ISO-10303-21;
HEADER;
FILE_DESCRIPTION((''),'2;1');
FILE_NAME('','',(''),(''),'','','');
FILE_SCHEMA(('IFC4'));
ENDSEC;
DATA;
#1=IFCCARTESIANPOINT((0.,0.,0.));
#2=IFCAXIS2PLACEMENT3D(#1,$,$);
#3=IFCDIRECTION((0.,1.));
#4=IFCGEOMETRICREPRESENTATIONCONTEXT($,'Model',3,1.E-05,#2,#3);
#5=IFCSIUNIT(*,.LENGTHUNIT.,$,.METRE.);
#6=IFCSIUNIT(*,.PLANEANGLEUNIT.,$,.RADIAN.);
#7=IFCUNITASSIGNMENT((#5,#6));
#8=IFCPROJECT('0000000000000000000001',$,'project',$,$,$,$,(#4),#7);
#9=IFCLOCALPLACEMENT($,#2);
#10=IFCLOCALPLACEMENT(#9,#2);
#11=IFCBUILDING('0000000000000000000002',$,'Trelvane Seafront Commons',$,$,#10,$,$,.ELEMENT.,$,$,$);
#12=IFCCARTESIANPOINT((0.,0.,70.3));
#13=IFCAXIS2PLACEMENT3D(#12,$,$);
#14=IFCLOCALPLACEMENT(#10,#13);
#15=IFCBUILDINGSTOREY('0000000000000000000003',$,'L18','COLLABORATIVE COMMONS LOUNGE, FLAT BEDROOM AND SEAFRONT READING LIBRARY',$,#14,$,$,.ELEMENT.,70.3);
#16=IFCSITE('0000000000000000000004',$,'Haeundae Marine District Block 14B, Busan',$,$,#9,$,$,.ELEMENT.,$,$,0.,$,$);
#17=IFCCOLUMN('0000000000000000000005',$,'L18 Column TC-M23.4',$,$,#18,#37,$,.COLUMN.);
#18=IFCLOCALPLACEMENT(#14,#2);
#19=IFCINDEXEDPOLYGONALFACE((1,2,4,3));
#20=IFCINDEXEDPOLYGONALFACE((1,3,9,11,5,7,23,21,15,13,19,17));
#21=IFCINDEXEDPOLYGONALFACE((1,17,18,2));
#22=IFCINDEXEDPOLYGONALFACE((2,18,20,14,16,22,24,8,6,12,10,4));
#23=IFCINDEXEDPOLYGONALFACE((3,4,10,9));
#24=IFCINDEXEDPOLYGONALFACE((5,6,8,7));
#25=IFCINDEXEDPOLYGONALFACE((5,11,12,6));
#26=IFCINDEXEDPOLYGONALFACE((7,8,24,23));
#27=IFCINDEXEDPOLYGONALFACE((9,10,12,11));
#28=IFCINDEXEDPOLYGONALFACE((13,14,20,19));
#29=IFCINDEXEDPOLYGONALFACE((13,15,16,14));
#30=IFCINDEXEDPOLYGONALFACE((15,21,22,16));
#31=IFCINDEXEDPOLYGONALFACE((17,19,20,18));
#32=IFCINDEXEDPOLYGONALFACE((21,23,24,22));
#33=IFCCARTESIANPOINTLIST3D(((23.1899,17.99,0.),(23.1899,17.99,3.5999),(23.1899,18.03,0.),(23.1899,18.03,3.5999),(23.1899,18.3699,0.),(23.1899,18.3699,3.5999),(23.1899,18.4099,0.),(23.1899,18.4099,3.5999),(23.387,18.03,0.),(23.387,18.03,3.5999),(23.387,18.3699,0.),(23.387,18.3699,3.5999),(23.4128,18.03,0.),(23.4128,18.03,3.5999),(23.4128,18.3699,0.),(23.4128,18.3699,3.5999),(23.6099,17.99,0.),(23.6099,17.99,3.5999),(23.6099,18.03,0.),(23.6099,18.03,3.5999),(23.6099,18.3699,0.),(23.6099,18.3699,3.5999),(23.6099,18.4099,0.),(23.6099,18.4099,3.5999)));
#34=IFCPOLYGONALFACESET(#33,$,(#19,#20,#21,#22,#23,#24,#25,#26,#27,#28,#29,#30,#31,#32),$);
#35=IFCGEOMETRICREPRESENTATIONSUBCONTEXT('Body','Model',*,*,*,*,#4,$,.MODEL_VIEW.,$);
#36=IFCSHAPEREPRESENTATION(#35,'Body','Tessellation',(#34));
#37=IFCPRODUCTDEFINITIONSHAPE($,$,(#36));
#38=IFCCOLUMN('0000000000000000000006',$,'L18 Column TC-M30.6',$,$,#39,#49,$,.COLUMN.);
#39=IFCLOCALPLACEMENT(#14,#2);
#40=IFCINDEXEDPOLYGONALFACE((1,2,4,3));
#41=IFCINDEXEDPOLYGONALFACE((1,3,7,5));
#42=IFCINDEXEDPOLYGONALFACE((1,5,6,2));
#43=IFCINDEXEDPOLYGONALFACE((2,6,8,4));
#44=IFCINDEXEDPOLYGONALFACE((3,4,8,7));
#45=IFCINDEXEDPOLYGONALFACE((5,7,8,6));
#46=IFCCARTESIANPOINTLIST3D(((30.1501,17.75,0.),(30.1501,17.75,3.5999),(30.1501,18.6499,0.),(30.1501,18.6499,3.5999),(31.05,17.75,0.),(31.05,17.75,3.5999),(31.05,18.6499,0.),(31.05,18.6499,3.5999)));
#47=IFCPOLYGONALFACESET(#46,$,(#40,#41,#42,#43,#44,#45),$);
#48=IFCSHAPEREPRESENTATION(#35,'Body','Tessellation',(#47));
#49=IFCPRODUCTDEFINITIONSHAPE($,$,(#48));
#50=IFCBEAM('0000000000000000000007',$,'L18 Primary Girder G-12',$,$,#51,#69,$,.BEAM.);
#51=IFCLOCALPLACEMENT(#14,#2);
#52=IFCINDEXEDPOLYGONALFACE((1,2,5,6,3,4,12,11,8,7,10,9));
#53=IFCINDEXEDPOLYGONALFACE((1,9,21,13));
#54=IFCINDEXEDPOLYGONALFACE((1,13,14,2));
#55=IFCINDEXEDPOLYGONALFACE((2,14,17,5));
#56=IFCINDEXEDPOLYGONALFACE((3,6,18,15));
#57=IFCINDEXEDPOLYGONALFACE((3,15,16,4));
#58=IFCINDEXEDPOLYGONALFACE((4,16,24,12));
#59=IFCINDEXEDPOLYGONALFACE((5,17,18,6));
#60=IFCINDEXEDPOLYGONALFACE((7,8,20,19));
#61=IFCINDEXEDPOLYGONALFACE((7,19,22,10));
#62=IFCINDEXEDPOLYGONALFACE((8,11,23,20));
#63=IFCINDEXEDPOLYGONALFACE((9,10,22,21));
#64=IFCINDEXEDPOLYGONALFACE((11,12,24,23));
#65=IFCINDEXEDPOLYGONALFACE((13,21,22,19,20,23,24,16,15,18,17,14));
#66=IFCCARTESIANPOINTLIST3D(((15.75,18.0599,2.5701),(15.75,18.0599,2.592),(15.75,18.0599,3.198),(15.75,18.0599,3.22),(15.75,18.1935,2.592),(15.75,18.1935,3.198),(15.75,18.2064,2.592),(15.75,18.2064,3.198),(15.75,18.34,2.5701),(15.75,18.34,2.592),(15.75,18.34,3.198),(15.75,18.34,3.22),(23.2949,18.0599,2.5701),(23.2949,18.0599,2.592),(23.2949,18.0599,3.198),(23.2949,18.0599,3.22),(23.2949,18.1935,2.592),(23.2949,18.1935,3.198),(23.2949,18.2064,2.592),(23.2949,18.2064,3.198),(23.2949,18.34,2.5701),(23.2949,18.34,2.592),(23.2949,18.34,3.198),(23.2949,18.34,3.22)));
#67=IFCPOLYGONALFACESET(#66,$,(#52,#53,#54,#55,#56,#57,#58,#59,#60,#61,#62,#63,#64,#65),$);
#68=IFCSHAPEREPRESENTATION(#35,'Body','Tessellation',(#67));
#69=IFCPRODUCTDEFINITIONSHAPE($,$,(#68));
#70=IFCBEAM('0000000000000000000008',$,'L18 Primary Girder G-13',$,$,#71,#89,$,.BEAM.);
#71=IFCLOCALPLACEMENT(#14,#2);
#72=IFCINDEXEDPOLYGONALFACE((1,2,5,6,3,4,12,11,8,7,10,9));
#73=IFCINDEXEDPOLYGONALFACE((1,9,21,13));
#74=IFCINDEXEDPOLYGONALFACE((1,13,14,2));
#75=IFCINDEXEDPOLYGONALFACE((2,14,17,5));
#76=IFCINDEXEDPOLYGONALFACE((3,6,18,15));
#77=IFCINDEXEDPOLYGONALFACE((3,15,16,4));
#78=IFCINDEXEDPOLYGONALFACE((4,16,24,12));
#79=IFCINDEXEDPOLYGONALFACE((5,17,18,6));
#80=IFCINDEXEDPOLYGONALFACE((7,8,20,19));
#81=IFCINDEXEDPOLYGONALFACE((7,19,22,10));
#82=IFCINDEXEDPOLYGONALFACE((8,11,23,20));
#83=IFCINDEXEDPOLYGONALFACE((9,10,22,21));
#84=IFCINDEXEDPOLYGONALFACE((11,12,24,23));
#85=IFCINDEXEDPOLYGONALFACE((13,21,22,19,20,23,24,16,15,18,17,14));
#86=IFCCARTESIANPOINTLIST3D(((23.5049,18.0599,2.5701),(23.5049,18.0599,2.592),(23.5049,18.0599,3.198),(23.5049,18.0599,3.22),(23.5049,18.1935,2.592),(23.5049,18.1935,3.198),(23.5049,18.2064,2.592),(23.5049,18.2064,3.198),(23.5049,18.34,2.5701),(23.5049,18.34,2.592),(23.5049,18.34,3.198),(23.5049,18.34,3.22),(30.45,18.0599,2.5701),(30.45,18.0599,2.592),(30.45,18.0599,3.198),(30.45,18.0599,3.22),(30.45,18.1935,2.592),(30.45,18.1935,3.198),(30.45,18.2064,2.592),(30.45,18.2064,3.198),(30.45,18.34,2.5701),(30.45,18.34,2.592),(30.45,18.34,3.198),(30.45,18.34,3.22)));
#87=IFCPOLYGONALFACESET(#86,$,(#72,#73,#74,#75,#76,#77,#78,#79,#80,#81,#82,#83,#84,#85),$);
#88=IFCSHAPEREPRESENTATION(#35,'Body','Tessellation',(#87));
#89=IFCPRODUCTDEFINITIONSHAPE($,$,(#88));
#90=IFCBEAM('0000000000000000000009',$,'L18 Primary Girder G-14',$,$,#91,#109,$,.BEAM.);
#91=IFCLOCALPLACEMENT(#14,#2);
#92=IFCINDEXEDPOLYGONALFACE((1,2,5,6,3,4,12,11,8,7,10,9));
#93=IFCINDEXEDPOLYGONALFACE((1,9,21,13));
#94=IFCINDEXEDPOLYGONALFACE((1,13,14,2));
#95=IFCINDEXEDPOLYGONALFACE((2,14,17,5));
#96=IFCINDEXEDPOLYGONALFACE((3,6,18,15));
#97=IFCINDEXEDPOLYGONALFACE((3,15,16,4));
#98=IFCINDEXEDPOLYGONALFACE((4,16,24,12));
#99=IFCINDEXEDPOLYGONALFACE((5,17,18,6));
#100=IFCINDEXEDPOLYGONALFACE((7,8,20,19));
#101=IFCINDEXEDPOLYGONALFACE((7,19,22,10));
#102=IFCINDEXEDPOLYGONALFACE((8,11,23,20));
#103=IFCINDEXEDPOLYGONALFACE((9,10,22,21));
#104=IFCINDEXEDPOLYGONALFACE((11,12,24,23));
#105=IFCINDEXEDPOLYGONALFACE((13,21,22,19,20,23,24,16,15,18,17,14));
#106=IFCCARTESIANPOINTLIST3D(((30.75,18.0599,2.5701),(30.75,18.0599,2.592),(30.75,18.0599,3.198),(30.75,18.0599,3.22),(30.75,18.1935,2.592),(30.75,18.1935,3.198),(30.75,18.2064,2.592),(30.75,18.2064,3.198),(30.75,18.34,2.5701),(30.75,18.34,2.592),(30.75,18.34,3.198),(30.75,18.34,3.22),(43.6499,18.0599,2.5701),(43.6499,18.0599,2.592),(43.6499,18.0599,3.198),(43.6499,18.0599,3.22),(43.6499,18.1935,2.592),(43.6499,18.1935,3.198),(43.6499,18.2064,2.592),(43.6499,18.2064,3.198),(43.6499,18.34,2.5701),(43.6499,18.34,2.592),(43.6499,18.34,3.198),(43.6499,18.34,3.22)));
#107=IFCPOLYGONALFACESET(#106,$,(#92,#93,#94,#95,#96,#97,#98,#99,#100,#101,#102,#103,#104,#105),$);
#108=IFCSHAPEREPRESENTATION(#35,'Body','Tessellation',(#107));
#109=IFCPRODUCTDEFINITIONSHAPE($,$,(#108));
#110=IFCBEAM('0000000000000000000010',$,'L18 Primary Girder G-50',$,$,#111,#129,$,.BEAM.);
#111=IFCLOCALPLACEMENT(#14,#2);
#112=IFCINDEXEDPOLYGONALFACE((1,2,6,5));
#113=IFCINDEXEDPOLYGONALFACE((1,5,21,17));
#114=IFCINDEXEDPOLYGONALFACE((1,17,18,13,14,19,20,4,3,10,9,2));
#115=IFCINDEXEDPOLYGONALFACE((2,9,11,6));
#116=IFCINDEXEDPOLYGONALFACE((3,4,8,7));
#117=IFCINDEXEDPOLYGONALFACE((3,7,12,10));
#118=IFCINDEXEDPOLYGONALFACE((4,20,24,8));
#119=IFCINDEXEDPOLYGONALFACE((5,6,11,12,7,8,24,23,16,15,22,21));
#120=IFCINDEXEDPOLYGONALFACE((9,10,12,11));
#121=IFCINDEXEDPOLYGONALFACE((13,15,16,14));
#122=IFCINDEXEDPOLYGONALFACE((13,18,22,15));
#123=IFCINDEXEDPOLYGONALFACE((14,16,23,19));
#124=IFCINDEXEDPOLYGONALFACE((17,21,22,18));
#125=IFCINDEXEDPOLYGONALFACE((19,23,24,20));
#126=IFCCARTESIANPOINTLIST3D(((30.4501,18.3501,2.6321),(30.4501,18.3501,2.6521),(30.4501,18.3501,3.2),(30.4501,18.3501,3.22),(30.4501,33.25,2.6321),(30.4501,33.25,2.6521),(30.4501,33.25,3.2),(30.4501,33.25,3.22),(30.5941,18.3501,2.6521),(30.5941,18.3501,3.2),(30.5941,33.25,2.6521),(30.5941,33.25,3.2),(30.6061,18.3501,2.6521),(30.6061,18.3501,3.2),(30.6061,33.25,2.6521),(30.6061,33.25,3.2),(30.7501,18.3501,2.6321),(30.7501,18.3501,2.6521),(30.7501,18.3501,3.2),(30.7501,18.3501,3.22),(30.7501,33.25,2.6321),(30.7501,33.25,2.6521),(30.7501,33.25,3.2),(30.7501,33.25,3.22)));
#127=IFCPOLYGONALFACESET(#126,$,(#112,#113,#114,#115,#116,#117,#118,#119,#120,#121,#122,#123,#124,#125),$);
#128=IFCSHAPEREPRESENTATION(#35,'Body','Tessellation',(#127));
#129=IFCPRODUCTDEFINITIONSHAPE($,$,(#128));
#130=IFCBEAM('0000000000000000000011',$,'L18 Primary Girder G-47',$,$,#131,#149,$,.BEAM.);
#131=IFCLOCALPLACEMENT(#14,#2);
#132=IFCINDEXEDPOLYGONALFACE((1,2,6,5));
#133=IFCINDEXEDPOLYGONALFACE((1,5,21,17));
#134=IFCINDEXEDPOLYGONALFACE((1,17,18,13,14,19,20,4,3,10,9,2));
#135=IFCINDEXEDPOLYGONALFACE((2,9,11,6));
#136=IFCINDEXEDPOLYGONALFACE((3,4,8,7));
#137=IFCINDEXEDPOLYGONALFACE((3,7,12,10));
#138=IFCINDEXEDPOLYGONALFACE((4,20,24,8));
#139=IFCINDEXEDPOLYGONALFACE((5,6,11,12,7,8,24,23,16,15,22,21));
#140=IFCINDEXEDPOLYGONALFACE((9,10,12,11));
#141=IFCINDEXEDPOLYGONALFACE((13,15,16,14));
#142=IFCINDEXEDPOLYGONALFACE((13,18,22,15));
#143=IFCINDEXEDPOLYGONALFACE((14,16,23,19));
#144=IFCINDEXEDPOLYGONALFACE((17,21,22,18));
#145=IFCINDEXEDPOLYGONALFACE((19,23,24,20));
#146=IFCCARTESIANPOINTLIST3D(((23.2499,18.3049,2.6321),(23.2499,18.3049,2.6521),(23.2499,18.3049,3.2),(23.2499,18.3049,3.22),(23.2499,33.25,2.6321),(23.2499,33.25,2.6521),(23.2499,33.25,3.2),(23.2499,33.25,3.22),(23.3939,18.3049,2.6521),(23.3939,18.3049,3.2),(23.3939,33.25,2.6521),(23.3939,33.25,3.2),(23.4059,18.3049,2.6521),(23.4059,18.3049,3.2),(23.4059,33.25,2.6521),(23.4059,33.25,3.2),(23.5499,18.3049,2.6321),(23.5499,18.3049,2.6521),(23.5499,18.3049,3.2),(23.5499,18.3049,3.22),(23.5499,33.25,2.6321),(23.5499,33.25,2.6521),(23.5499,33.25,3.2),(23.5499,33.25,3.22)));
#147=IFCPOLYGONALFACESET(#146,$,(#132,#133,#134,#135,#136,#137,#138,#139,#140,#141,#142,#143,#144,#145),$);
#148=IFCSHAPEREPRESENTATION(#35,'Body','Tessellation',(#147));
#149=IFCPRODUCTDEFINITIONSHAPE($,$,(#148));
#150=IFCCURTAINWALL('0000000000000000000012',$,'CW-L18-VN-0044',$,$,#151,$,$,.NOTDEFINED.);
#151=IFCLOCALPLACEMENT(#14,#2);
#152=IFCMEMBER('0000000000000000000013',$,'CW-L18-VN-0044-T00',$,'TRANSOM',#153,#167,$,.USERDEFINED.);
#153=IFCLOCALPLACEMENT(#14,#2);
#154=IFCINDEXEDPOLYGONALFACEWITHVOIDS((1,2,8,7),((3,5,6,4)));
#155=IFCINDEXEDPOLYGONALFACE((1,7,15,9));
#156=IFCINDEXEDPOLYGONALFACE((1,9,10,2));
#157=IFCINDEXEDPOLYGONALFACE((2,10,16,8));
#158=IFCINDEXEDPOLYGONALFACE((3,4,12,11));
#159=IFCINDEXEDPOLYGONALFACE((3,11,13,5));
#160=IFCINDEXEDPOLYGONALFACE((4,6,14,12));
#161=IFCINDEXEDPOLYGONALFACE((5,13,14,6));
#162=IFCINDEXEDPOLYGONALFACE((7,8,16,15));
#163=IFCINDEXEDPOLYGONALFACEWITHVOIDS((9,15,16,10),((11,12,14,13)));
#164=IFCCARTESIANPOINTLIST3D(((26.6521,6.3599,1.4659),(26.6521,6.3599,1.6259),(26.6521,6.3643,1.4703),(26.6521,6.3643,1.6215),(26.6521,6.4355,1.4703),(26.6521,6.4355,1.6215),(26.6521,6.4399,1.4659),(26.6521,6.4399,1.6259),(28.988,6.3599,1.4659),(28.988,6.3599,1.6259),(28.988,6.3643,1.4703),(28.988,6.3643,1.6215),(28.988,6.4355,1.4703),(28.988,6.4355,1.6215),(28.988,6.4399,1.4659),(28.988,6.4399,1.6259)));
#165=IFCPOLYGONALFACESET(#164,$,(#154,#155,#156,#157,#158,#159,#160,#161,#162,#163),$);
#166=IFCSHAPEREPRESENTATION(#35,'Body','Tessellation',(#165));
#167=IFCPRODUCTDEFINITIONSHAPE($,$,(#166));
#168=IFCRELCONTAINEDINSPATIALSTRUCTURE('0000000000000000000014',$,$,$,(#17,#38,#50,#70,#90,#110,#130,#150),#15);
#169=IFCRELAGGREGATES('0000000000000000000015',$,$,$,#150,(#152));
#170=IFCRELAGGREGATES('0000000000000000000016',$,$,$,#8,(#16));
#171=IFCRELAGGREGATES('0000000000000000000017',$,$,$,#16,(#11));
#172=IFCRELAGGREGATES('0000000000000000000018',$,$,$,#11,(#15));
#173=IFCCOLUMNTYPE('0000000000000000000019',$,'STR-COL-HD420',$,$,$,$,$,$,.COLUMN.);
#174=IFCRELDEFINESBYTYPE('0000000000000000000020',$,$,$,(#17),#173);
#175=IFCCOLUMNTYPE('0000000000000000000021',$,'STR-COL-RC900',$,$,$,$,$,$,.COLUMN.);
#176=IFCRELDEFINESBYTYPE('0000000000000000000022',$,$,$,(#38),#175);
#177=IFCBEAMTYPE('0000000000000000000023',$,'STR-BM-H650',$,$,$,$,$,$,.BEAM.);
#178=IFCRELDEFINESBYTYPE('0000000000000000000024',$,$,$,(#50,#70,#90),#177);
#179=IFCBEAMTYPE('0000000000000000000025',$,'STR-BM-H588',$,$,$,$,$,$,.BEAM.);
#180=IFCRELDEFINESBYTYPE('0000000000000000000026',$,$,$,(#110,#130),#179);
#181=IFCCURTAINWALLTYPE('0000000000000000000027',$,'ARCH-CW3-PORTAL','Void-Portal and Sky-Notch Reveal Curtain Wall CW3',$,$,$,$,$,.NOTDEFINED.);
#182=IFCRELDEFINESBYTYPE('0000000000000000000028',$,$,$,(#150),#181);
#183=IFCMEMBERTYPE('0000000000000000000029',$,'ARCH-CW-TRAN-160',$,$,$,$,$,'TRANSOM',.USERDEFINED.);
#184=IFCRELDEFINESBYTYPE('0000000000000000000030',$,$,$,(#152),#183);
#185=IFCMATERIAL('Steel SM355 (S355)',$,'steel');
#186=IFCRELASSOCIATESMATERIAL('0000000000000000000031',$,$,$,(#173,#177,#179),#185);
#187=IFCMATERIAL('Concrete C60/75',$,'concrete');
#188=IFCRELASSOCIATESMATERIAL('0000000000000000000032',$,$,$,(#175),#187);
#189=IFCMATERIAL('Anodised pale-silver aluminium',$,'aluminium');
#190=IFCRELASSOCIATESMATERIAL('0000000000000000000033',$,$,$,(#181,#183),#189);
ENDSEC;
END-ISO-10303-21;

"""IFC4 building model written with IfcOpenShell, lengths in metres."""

from ifc_helpers import new_model, si_unit, direction, frame, origin, origin_2d, place, context, subcontext, project, spatial, rectangle, hollow_rectangle, i_section, extrude, source, transform, mapped, material, material_profile, profile_set, type_object, element, aggregate, save


model = new_model("IFC4")

# Units and contexts
model_context = context("Model", 3, precision=1e-05, world=origin(), true_north=direction((0.0, 1.0)))
body_context = subcontext(model_context, "Body", "Model", "MODEL_VIEW")
ifc_project = project(units=[si_unit("LENGTHUNIT", "METRE"), si_unit("PLANEANGLEUNIT", "RADIAN")], contexts=[model_context])

# Site, building, storey
site_placement = place(None, origin())
site = spatial("IfcSite", under=ifc_project, at=site_placement, Name="Haeundae Marine District Block 14B, Busan", CompositionType="ELEMENT", RefElevation=0.0)
building_placement = place(site_placement, origin())
building = spatial("IfcBuilding", under=site, at=building_placement, Name="Trelvane Seafront Commons", CompositionType="ELEMENT")
storey_placement = place(building_placement, frame((0.0, 0.0, 70.3)))
storey = spatial("IfcBuildingStorey", under=building, at=storey_placement, Name="L18", Description="COLLABORATIVE COMMONS LOUNGE, FLAT BEDROOM AND SEAFRONT READING LIBRARY", CompositionType="ELEMENT", Elevation=70.3)

# Columns
ifc_material_1 = material(Name="Steel SM355 (S355)", Category="steel")
ifc_material_profile_1 = material_profile(ifc_material_1, i_section(OverallWidth=0.4199, OverallDepth=0.4199, WebThickness=0.0259, FlangeThickness=0.04, at=origin_2d()), Name="HD-420x420x26x40")
ifc_profile_set_1 = profile_set([ifc_material_profile_1], Name="Steel SM355 (S355)")
column_type_1 = type_object("IfcColumnType", Name="STR-COL-HD420", PredefinedType="COLUMN", material=ifc_profile_set_1)
shared_shape_1 = source(origin(), body_context, "Body", "SweptSolid", [
    extrude(i_section(OverallWidth=0.4199, OverallDepth=0.4199, WebThickness=0.0259, FlangeThickness=0.04, at=origin_2d()), origin(), (0.0, 0.0, 1.0), 3.5999),
])
column_1_placement = place(storey_placement, frame((23.3999, 18.2, 0.0), z_axis=(0.0, 0.0, 1.0), x_axis=(1.0, 0.0, 0.0)))
element("IfcColumn", 1, at=column_1_placement, inside=storey, type_object=column_type_1, Name="L18 Column TC-M23.4", PredefinedType="COLUMN", context=body_context, shape_type="MappedRepresentation", body=[
    mapped(shared_shape_1, transform((0.0, 0.0, 0.0), x_axis=(1.0, 0.0, 0.0), y_axis=(0.0, 1.0, 0.0), z_axis=(0.0, 0.0, 1.0), scale=1.0)),
])
ifc_material_2 = material(Name="Concrete C60/75", Category="concrete")
ifc_material_profile_2 = material_profile(ifc_material_2, rectangle(XDim=0.8999, YDim=0.8999, at=origin_2d()), Name="RC-900x900")
ifc_profile_set_2 = profile_set([ifc_material_profile_2], Name="Concrete C60/75")
column_type_2 = type_object("IfcColumnType", Name="STR-COL-RC900", PredefinedType="COLUMN", material=ifc_profile_set_2)
shared_shape_2 = source(origin(), body_context, "Body", "SweptSolid", [
    extrude(rectangle(XDim=0.8999, YDim=0.8999, at=origin_2d()), origin(), (0.0, 0.0, 1.0), 3.5999),
])
column_2_placement = place(storey_placement, frame((30.6001, 18.2, 0.0), z_axis=(0.0, 0.0, 1.0), x_axis=(1.0, 0.0, 0.0)))
element("IfcColumn", 2, at=column_2_placement, inside=storey, type_object=column_type_2, Name="L18 Column TC-M30.6", PredefinedType="COLUMN", context=body_context, shape_type="MappedRepresentation", body=[
    mapped(shared_shape_2, transform((0.0, 0.0, 0.0), x_axis=(1.0, 0.0, 0.0), y_axis=(0.0, 1.0, 0.0), z_axis=(0.0, 0.0, 1.0), scale=1.0)),
])

# Beams
ifc_material_profile_3 = material_profile(ifc_material_1, i_section(OverallWidth=0.28, OverallDepth=0.6499, WebThickness=0.0129, FlangeThickness=0.022, at=origin_2d()), Name="H-650x280x13x22")
ifc_profile_set_3 = profile_set([ifc_material_profile_3], Name="Steel SM355 (S355)")
beam_type_1 = type_object("IfcBeamType", Name="STR-BM-H650", PredefinedType="BEAM", material=ifc_profile_set_3)
shared_shape_3 = source(origin(), body_context, "Body", "SweptSolid", [
    extrude(i_section(OverallWidth=0.28, OverallDepth=0.6499, WebThickness=0.0129, FlangeThickness=0.022, at=origin_2d()), origin(), (0.0, 0.0, 1.0), 7.5449),
])
beam_1_placement = place(storey_placement, frame((15.75, 18.2, 2.895), z_axis=(1.0, 0.0, 0.0), x_axis=(0.0, 1.0, 0.0)))
element("IfcBeam", 3, at=beam_1_placement, inside=storey, type_object=beam_type_1, Name="L18 Primary Girder G-12", PredefinedType="BEAM", context=body_context, shape_type="MappedRepresentation", body=[
    mapped(shared_shape_3, transform((0.0, 0.0, 0.0), x_axis=(1.0, 0.0, 0.0), y_axis=(0.0, 1.0, 0.0), z_axis=(0.0, 0.0, 1.0), scale=1.0)),
])
shared_shape_4 = source(origin(), body_context, "Body", "SweptSolid", [
    extrude(i_section(OverallWidth=0.28, OverallDepth=0.6499, WebThickness=0.0129, FlangeThickness=0.022, at=origin_2d()), origin(), (0.0, 0.0, 1.0), 6.9451),
])
beam_2_placement = place(storey_placement, frame((23.5049, 18.2, 2.895), z_axis=(1.0, 0.0, 0.0), x_axis=(0.0, 1.0, 0.0)))
element("IfcBeam", 4, at=beam_2_placement, inside=storey, type_object=beam_type_1, Name="L18 Primary Girder G-13", PredefinedType="BEAM", context=body_context, shape_type="MappedRepresentation", body=[
    mapped(shared_shape_4, transform((0.0, 0.0, 0.0), x_axis=(1.0, 0.0, 0.0), y_axis=(0.0, 1.0, 0.0), z_axis=(0.0, 0.0, 1.0), scale=1.0)),
])
shared_shape_5 = source(origin(), body_context, "Body", "SweptSolid", [
    extrude(i_section(OverallWidth=0.28, OverallDepth=0.6499, WebThickness=0.0129, FlangeThickness=0.022, at=origin_2d()), origin(), (0.0, 0.0, 1.0), 12.8999),
])
beam_3_placement = place(storey_placement, frame((30.75, 18.2, 2.895), z_axis=(1.0, 0.0, 0.0), x_axis=(0.0, 1.0, 0.0)))
element("IfcBeam", 5, at=beam_3_placement, inside=storey, type_object=beam_type_1, Name="L18 Primary Girder G-14", PredefinedType="BEAM", context=body_context, shape_type="MappedRepresentation", body=[
    mapped(shared_shape_5, transform((0.0, 0.0, 0.0), x_axis=(1.0, 0.0, 0.0), y_axis=(0.0, 1.0, 0.0), z_axis=(0.0, 0.0, 1.0), scale=1.0)),
])
ifc_material_profile_4 = material_profile(ifc_material_1, i_section(OverallWidth=0.3, OverallDepth=0.5879, WebThickness=0.012, FlangeThickness=0.02, at=origin_2d()), Name="H-588x300x12x20")
ifc_profile_set_4 = profile_set([ifc_material_profile_4], Name="Steel SM355 (S355)")
beam_type_2 = type_object("IfcBeamType", Name="STR-BM-H588", PredefinedType="BEAM", material=ifc_profile_set_4)
shared_shape_6 = source(origin(), body_context, "Body", "SweptSolid", [
    extrude(i_section(OverallWidth=0.3, OverallDepth=0.5879, WebThickness=0.012, FlangeThickness=0.02, at=origin_2d()), origin(), (0.0, 0.0, 1.0), 14.8999),
])
beam_4_placement = place(storey_placement, frame((30.6001, 18.3501, 2.926), z_axis=(0.0, 1.0, 0.0), x_axis=(-1.0, 0.0, 0.0)))
element("IfcBeam", 6, at=beam_4_placement, inside=storey, type_object=beam_type_2, Name="L18 Primary Girder G-50", PredefinedType="BEAM", context=body_context, shape_type="MappedRepresentation", body=[
    mapped(shared_shape_6, transform((0.0, 0.0, 0.0), x_axis=(1.0, 0.0, 0.0), y_axis=(0.0, 1.0, 0.0), z_axis=(0.0, 0.0, 1.0), scale=1.0)),
])
shared_shape_7 = source(origin(), body_context, "Body", "SweptSolid", [
    extrude(i_section(OverallWidth=0.3, OverallDepth=0.5879, WebThickness=0.012, FlangeThickness=0.02, at=origin_2d()), origin(), (0.0, 0.0, 1.0), 14.9451),
])
beam_5_placement = place(storey_placement, frame((23.3999, 18.3049, 2.926), z_axis=(0.0, 1.0, 0.0), x_axis=(-1.0, 0.0, 0.0)))
element("IfcBeam", 7, at=beam_5_placement, inside=storey, type_object=beam_type_2, Name="L18 Primary Girder G-47", PredefinedType="BEAM", context=body_context, shape_type="MappedRepresentation", body=[
    mapped(shared_shape_7, transform((0.0, 0.0, 0.0), x_axis=(1.0, 0.0, 0.0), y_axis=(0.0, 1.0, 0.0), z_axis=(0.0, 0.0, 1.0), scale=1.0)),
])

# Curtain wall, member
ifc_material_3 = material(Name="Anodised pale-silver aluminium", Category="aluminium")
curtain_wall_type = type_object("IfcCurtainWallType", Name="ARCH-CW3-PORTAL", Description="Void-Portal and Sky-Notch Reveal Curtain Wall CW3", PredefinedType="NOTDEFINED", material=ifc_material_3)
curtain_wall_placement = place(storey_placement, origin())
curtain_wall = element("IfcCurtainWall", 8, at=curtain_wall_placement, inside=storey, type_object=curtain_wall_type, Name="CW-L18-VN-0044", PredefinedType="NOTDEFINED")
ifc_material_profile_5 = material_profile(ifc_material_3, hollow_rectangle(XDim=0.0801, YDim=0.1599, WallThickness=0.0044, at=origin_2d()), Name="TRAN-80x160x4.5")
ifc_profile_set_5 = profile_set([ifc_material_profile_5], Name="Anodised pale-silver aluminium")
member_type_1 = type_object("IfcMemberType", Name="ARCH-CW-TRAN-160", ElementType="TRANSOM", PredefinedType="USERDEFINED", material=ifc_profile_set_5)
shared_shape_8 = source(origin(), body_context, "Body", "SweptSolid", [
    extrude(hollow_rectangle(XDim=0.0801, YDim=0.1599, WallThickness=0.0044, at=origin_2d()), origin(), (0.0, 0.0, 1.0), 2.3359),
])
member_1_placement = place(storey_placement, frame((28.988, 6.3999, 1.5459), z_axis=(-1.0, 0.0, 0.0), x_axis=(0.0, -1.0, 0.0)))
member_1 = element("IfcMember", 9, at=member_1_placement, type_object=member_type_1, Name="CW-L18-VN-0044-T00", ObjectType="TRANSOM", PredefinedType="USERDEFINED", context=body_context, shape_type="MappedRepresentation", body=[
    mapped(shared_shape_8, transform((0.0, 0.0, 0.0), x_axis=(1.0, 0.0, 0.0), y_axis=(0.0, 1.0, 0.0), z_axis=(0.0, 0.0, 1.0), scale=1.0)),
])
aggregate(curtain_wall, [member_1])

save(model, "model.ifc")
